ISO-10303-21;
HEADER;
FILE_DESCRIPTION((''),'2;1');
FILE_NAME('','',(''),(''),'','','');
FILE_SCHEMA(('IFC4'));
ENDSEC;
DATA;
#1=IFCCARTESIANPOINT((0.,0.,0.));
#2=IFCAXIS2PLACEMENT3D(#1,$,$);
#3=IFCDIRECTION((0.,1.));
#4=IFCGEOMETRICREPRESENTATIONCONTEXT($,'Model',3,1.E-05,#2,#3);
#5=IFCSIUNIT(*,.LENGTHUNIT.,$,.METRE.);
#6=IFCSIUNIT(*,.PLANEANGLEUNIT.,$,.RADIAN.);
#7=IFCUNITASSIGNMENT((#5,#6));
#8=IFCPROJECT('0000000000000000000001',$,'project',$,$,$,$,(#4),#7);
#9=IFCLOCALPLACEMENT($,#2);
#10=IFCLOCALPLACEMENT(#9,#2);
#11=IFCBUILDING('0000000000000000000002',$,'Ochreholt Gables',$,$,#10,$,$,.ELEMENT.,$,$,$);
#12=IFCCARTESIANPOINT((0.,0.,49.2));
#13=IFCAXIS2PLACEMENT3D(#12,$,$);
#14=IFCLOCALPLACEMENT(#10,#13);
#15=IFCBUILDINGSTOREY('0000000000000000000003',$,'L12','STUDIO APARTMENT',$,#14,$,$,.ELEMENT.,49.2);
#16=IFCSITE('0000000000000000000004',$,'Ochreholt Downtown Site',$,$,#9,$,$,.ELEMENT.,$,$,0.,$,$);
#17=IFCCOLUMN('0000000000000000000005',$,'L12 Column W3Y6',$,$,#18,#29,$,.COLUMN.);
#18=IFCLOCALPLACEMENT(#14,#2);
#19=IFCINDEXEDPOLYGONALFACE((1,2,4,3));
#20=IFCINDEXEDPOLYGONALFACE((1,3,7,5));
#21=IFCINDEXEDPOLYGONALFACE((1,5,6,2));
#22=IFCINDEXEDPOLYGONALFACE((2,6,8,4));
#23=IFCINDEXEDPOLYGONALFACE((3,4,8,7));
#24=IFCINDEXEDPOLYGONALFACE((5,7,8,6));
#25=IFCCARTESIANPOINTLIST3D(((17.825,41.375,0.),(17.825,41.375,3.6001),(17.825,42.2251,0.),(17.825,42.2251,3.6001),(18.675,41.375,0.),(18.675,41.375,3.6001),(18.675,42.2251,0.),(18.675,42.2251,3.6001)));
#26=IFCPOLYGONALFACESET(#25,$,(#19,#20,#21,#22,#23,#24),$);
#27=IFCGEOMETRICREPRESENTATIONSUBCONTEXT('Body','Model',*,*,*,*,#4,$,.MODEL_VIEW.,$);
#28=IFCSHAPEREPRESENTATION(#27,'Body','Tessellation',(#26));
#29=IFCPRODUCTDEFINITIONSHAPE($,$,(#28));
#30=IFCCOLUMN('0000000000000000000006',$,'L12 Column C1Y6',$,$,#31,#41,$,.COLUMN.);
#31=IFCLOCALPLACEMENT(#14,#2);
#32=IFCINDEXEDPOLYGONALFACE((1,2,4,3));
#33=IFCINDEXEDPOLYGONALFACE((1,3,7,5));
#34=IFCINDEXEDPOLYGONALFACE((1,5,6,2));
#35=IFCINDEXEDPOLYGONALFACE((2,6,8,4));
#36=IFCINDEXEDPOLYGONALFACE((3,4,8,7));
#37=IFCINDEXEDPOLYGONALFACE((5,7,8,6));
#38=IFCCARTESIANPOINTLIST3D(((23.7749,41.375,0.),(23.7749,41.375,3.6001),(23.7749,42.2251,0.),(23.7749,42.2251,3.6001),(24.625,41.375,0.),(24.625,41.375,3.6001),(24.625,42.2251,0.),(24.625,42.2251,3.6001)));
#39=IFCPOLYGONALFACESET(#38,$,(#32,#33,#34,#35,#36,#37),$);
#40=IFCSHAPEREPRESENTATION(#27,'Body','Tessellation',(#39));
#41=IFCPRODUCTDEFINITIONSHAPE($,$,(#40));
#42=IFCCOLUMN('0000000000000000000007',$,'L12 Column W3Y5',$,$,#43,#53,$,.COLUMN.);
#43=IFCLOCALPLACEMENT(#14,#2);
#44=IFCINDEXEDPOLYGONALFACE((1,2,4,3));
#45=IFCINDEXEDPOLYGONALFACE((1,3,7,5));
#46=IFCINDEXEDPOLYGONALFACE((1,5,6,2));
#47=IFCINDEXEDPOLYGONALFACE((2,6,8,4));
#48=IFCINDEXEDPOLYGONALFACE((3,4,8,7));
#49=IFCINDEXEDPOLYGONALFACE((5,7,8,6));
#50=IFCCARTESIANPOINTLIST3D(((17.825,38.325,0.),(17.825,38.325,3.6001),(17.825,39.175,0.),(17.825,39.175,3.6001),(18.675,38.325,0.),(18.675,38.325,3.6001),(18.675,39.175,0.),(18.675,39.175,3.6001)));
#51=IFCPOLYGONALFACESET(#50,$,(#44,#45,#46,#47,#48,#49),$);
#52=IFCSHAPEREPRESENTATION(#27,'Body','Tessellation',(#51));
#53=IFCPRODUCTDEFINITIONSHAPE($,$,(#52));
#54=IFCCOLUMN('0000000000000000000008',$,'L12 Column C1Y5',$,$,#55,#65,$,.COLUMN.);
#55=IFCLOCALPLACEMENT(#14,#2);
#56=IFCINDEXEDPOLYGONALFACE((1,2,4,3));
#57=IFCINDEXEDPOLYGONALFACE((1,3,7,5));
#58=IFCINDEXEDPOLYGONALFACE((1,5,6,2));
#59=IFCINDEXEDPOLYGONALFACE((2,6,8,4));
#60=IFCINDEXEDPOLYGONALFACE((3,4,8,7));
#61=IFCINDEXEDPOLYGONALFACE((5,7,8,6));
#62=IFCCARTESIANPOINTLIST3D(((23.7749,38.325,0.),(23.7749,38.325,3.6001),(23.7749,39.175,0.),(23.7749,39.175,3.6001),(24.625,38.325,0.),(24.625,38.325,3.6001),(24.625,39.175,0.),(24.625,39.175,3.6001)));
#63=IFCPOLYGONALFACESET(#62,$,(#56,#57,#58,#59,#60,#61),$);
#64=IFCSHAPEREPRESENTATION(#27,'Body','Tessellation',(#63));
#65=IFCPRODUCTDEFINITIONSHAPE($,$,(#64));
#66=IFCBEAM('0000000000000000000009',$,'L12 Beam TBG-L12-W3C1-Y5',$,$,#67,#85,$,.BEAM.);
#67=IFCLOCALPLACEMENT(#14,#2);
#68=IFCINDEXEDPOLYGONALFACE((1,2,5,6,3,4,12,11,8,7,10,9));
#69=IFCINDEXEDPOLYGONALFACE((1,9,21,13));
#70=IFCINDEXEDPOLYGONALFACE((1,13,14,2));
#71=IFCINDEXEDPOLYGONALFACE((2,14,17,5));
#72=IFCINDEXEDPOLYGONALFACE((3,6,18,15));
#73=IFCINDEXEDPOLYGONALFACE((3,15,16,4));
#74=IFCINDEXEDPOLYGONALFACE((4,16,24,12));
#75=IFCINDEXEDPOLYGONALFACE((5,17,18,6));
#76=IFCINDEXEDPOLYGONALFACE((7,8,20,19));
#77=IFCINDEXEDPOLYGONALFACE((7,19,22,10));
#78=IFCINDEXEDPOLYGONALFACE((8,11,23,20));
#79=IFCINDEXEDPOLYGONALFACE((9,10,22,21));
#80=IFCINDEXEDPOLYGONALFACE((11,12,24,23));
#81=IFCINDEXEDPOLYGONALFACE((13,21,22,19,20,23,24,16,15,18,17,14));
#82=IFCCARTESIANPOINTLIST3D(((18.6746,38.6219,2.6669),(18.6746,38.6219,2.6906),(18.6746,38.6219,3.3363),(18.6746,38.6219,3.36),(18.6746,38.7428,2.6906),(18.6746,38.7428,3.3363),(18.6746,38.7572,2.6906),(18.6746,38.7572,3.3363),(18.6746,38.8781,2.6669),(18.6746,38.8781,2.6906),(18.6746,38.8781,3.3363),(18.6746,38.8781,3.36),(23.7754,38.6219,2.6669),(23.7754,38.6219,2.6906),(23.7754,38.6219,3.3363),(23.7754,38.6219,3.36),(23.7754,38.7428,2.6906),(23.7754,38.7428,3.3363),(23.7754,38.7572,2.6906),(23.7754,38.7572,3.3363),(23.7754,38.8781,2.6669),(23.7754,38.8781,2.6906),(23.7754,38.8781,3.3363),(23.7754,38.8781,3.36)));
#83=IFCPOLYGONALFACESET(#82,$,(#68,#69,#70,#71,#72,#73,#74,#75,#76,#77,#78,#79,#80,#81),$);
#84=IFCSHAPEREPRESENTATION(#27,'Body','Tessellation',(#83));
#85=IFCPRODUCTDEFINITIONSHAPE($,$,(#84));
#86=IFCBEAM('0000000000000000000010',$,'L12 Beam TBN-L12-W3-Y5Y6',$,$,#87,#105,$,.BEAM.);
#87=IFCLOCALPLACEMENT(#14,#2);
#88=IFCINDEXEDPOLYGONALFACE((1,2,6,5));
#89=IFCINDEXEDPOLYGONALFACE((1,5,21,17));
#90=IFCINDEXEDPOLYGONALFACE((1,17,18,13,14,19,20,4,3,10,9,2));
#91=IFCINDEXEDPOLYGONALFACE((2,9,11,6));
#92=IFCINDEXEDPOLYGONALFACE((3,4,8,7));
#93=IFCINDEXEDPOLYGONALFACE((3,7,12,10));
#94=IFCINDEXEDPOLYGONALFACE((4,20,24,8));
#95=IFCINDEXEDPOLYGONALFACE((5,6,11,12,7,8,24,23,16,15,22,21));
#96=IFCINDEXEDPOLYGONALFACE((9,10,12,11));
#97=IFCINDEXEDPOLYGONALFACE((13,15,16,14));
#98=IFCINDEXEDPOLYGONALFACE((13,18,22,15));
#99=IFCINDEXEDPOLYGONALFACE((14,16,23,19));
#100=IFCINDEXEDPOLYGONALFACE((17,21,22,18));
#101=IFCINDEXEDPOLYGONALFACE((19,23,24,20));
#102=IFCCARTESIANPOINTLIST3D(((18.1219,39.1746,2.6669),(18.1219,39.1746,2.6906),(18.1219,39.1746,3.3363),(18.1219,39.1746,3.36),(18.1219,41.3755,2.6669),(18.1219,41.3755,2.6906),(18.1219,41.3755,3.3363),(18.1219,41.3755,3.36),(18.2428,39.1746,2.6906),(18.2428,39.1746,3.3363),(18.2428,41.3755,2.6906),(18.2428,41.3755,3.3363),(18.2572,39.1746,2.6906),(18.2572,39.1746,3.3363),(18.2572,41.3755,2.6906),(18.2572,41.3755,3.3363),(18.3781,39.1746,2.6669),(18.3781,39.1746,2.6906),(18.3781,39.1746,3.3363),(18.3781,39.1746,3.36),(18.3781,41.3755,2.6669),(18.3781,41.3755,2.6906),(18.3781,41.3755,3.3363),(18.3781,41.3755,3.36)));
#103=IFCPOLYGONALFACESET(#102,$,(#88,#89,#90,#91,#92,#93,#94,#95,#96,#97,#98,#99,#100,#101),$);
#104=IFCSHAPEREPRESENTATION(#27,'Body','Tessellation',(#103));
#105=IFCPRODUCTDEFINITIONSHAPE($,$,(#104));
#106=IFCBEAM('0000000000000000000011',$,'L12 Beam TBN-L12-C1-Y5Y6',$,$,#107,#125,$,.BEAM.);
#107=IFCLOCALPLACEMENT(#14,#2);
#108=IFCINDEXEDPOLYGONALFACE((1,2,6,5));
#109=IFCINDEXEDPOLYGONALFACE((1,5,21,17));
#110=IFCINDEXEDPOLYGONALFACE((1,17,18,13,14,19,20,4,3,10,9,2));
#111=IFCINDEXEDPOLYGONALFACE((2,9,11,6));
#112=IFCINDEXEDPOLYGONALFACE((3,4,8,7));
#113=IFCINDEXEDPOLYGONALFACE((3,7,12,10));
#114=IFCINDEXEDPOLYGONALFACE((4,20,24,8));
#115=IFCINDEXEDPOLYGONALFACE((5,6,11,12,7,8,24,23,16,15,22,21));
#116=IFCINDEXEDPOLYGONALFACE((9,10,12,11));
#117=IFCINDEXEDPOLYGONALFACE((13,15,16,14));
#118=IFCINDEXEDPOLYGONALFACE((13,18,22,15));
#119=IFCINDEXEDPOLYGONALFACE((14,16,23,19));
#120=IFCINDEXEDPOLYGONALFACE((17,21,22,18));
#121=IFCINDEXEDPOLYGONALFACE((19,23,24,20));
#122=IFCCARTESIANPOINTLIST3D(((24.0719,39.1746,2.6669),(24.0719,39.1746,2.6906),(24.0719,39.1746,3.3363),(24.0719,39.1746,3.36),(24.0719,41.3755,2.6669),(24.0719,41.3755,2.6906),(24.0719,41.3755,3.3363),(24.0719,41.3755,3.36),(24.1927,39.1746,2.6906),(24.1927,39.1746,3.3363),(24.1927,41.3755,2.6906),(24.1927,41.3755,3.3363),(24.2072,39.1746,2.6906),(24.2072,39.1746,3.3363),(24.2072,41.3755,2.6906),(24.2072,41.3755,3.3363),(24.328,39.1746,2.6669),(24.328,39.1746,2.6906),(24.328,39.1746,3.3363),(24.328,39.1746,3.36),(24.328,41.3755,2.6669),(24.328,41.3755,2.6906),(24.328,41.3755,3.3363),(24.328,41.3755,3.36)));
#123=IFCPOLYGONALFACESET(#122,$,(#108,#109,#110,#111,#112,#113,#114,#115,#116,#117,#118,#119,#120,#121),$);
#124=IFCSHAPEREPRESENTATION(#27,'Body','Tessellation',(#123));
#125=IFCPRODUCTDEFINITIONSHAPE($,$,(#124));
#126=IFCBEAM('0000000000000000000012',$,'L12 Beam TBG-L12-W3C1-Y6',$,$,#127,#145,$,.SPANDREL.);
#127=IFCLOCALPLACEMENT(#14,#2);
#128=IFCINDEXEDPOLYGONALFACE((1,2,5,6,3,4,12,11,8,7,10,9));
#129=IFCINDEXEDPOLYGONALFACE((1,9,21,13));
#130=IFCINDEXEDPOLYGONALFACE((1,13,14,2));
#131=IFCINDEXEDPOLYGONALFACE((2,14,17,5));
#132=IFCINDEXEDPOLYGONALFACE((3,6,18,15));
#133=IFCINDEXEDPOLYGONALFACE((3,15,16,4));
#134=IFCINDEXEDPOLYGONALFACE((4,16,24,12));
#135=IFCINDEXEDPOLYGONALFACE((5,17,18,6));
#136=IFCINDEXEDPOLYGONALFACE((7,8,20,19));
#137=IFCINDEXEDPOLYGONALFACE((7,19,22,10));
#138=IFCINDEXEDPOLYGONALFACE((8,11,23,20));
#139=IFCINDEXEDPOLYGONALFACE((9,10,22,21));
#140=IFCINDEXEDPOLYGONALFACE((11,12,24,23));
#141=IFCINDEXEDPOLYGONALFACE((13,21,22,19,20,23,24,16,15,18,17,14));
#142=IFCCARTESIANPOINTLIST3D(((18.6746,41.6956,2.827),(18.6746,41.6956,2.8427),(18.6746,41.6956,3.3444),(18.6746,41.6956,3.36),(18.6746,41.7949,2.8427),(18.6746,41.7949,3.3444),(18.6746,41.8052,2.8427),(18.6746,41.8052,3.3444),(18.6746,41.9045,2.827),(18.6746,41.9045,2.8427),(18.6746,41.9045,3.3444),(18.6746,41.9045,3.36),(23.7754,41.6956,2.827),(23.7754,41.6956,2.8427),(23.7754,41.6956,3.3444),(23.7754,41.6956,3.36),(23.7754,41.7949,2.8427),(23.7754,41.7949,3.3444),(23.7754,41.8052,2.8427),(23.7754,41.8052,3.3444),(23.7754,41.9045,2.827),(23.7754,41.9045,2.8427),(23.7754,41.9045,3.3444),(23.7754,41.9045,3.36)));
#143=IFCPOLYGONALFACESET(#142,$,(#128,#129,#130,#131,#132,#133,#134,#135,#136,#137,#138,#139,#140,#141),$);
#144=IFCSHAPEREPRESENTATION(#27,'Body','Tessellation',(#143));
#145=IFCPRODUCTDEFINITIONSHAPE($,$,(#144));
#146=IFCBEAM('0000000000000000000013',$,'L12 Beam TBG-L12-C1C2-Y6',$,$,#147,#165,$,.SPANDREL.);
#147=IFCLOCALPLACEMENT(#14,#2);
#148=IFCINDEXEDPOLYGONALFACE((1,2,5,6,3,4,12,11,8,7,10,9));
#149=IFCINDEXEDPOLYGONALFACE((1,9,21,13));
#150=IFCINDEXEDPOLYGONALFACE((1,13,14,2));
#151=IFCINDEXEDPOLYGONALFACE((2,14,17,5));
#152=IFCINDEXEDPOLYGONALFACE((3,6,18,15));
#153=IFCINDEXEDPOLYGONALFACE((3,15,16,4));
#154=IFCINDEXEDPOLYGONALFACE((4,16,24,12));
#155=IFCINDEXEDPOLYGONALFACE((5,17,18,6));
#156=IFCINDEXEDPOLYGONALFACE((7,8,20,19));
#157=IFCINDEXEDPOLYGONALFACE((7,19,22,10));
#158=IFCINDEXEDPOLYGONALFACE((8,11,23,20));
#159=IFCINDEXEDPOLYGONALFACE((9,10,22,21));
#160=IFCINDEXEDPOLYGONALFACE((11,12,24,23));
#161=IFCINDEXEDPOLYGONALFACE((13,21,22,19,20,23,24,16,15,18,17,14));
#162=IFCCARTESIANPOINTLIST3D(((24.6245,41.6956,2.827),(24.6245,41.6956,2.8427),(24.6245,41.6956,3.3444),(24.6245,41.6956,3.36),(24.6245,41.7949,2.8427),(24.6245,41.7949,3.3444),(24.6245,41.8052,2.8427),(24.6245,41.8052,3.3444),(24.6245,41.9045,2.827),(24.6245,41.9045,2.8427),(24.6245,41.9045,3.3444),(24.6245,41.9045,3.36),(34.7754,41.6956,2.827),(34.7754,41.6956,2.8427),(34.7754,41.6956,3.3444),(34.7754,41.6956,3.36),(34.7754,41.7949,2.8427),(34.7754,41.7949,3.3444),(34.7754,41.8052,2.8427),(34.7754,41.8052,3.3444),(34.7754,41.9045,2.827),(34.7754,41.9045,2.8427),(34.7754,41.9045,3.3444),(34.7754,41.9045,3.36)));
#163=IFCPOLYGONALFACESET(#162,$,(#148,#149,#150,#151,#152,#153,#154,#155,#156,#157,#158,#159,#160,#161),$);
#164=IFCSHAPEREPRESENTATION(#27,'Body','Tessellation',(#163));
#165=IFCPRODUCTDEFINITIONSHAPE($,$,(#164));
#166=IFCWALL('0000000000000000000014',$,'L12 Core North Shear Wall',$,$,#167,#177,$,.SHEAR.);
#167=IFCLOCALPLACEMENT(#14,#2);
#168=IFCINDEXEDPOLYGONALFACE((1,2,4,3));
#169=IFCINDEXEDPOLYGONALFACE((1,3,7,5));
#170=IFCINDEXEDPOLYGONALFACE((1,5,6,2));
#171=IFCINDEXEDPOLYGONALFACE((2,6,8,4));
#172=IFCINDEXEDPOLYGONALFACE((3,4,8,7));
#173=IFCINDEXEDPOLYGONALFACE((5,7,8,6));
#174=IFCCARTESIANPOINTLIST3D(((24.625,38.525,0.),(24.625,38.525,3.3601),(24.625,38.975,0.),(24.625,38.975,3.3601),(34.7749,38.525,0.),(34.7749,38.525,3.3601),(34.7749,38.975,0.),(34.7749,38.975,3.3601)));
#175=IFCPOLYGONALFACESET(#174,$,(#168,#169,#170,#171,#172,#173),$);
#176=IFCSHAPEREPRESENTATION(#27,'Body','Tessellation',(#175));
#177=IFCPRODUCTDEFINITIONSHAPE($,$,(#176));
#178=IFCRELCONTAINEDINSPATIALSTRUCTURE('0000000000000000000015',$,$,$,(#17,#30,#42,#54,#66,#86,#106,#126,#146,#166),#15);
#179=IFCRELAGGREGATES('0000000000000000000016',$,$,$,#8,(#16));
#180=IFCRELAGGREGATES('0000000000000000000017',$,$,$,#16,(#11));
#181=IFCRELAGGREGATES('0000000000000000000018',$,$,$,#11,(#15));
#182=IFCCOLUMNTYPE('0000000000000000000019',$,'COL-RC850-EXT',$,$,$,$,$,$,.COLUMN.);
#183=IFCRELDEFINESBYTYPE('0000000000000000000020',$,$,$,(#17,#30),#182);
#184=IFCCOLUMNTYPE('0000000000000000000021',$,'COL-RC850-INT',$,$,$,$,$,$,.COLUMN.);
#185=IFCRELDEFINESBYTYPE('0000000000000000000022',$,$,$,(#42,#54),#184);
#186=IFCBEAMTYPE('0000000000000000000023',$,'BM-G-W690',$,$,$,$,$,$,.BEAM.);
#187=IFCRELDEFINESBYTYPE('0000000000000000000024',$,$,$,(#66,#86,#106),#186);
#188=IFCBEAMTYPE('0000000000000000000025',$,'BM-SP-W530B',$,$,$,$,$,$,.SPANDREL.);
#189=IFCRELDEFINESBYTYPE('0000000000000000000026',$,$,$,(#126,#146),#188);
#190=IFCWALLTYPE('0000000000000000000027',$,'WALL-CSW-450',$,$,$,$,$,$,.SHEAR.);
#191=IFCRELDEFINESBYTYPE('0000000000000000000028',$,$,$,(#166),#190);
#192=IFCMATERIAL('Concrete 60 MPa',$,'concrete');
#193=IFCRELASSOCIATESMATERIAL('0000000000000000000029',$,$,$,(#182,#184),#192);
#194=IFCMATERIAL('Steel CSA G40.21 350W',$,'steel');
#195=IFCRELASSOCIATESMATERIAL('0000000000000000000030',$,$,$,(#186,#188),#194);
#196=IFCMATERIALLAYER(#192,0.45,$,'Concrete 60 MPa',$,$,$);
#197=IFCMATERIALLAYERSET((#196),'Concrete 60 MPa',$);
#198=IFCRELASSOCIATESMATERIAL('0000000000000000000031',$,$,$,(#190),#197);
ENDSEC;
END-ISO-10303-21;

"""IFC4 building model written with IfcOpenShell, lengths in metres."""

from ifc_helpers import new_model, si_unit, direction, frame, frame_2d, origin, origin_2d, place, context, subcontext, project, spatial, rectangle, i_section, extrude, material, layer, layer_set, material_profile, profile_set, type_object, element, save


model = new_model("IFC4")

# Units and contexts
model_context = context("Model", 3, precision=1e-05, world=origin(), true_north=direction((0.0, 1.0)))
body_context = subcontext(model_context, "Body", "Model", "MODEL_VIEW")
ifc_project = project(units=[si_unit("LENGTHUNIT", "METRE"), si_unit("PLANEANGLEUNIT", "RADIAN")], contexts=[model_context])

# Site, building, storey
site_placement = place(None, origin())
site = spatial("IfcSite", under=ifc_project, at=site_placement, Name="Ochreholt Downtown Site", CompositionType="ELEMENT", RefElevation=0.0)
building_placement = place(site_placement, origin())
building = spatial("IfcBuilding", under=site, at=building_placement, Name="Ochreholt Gables", CompositionType="ELEMENT")
storey_placement = place(building_placement, frame((0.0, 0.0, 49.2)))
storey = spatial("IfcBuildingStorey", under=building, at=storey_placement, Name="L12", Description="STUDIO APARTMENT", CompositionType="ELEMENT", Elevation=49.2)

# Columns
ifc_material_1 = material(Name="Concrete 60 MPa", Category="concrete")
ifc_material_profile_1 = material_profile(ifc_material_1, rectangle(XDim=0.8501, YDim=0.8501, at=origin_2d()), Name="RC850X850")
ifc_profile_set_1 = profile_set([ifc_material_profile_1], Name="Concrete 60 MPa")
column_type_1 = type_object("IfcColumnType", Name="COL-RC850-EXT", PredefinedType="COLUMN", material=ifc_profile_set_1)
for number, where, z_axis, x_axis, name in (
    (1, (18.25, 41.8, 0.0), (0.0, 0.0, 1.0), (1.0, 0.0, 0.0), "L12 Column W3Y6"),
    (2, (24.2, 41.8, 0.0), (0.0, 0.0, 1.0), (1.0, 0.0, 0.0), "L12 Column C1Y6"),
):
    element("IfcColumn", number, at=place(storey_placement, frame(where, z_axis=z_axis, x_axis=x_axis)), inside=storey, type_object=column_type_1, Name=name, PredefinedType="COLUMN", context=body_context, shape_type="SweptSolid", body=[
        extrude(rectangle(XDim=0.8501, YDim=0.8501, at=origin_2d()), origin(), (0.0, 0.0, 1.0), 3.6001),
    ])
ifc_material_profile_2 = material_profile(ifc_material_1, rectangle(XDim=0.8501, YDim=0.8501, at=origin_2d()), Name="RC850X850")
ifc_profile_set_2 = profile_set([ifc_material_profile_2], Name="Concrete 60 MPa")
column_type_2 = type_object("IfcColumnType", Name="COL-RC850-INT", PredefinedType="COLUMN", material=ifc_profile_set_2)
for number, where, z_axis, x_axis, name in (
    (3, (18.25, 38.75, 0.0), (0.0, 0.0, 1.0), (1.0, 0.0, 0.0), "L12 Column W3Y5"),
    (4, (24.2, 38.75, 0.0), (0.0, 0.0, 1.0), (1.0, 0.0, 0.0), "L12 Column C1Y5"),
):
    element("IfcColumn", number, at=place(storey_placement, frame(where, z_axis=z_axis, x_axis=x_axis)), inside=storey, type_object=column_type_2, Name=name, PredefinedType="COLUMN", context=body_context, shape_type="SweptSolid", body=[
        extrude(rectangle(XDim=0.8501, YDim=0.8501, at=origin_2d()), origin(), (0.0, 0.0, 1.0), 3.6001),
    ])

# Beams
ifc_material_2 = material(Name="Steel CSA G40.21 350W", Category="steel")
ifc_material_profile_3 = material_profile(ifc_material_2, i_section(OverallWidth=0.2561, OverallDepth=0.6931, WebThickness=0.0144, FlangeThickness=0.0237, at=origin_2d()), Name="W690X170")
ifc_profile_set_3 = profile_set([ifc_material_profile_3], Name="Steel CSA G40.21 350W")
beam_type_1 = type_object("IfcBeamType", Name="BM-G-W690", PredefinedType="BEAM", material=ifc_profile_set_3)
beam_1_placement = place(storey_placement, frame((18.6746, 38.75, 3.0134), z_axis=(1.0, 0.0, 0.0), x_axis=(0.0, 1.0, 0.0)))
element("IfcBeam", 5, at=beam_1_placement, inside=storey, type_object=beam_type_1, Name="L12 Beam TBG-L12-W3C1-Y5", PredefinedType="BEAM", context=body_context, shape_type="SweptSolid", body=[
    extrude(i_section(OverallWidth=0.2561, OverallDepth=0.6931, WebThickness=0.0144, FlangeThickness=0.0237, at=origin_2d()), origin(), (0.0, 0.0, 1.0), 5.1008),
])
for number, where, z_axis, x_axis, name in (
    (6, (18.25, 39.1746, 3.0134), (0.0, 1.0, 0.0), (-1.0, 0.0, 0.0), "L12 Beam TBN-L12-W3-Y5Y6"),
    (7, (24.2, 39.1746, 3.0134), (0.0, 1.0, 0.0), (-1.0, 0.0, 0.0), "L12 Beam TBN-L12-C1-Y5Y6"),
):
    element("IfcBeam", number, at=place(storey_placement, frame(where, z_axis=z_axis, x_axis=x_axis)), inside=storey, type_object=beam_type_1, Name=name, PredefinedType="BEAM", context=body_context, shape_type="SweptSolid", body=[
        extrude(i_section(OverallWidth=0.2561, OverallDepth=0.6931, WebThickness=0.0144, FlangeThickness=0.0237, at=origin_2d()), origin(), (0.0, 0.0, 1.0), 2.2009),
    ])
ifc_material_profile_4 = material_profile(ifc_material_2, i_section(OverallWidth=0.209, OverallDepth=0.533, WebThickness=0.0103, FlangeThickness=0.0156, at=origin_2d()), Name="W530X92")
ifc_profile_set_4 = profile_set([ifc_material_profile_4], Name="Steel CSA G40.21 350W")
beam_type_2 = type_object("IfcBeamType", Name="BM-SP-W530B", PredefinedType="SPANDREL", material=ifc_profile_set_4)
beam_2_placement = place(storey_placement, frame((18.6746, 41.8, 3.0935), z_axis=(1.0, 0.0, 0.0), x_axis=(0.0, 1.0, 0.0)))
element("IfcBeam", 8, at=beam_2_placement, inside=storey, type_object=beam_type_2, Name="L12 Beam TBG-L12-W3C1-Y6", PredefinedType="SPANDREL", context=body_context, shape_type="SweptSolid", body=[
    extrude(i_section(OverallWidth=0.209, OverallDepth=0.533, WebThickness=0.0103, FlangeThickness=0.0156, at=origin_2d()), origin(), (0.0, 0.0, 1.0), 5.1008),
])
beam_3_placement = place(storey_placement, frame((24.6245, 41.8, 3.0935), z_axis=(1.0, 0.0, 0.0), x_axis=(0.0, 1.0, 0.0)))
element("IfcBeam", 9, at=beam_3_placement, inside=storey, type_object=beam_type_2, Name="L12 Beam TBG-L12-C1C2-Y6", PredefinedType="SPANDREL", context=body_context, shape_type="SweptSolid", body=[
    extrude(i_section(OverallWidth=0.209, OverallDepth=0.533, WebThickness=0.0103, FlangeThickness=0.0156, at=origin_2d()), origin(), (0.0, 0.0, 1.0), 10.1509),
])

# Wall
ifc_layer_1 = layer(ifc_material_1, 0.45, Name="Concrete 60 MPa")
ifc_layer_set_1 = layer_set([ifc_layer_1], Name="Concrete 60 MPa")
wall_type_1 = type_object("IfcWallType", Name="WALL-CSW-450", PredefinedType="SHEAR", material=ifc_layer_set_1)
wall_1_placement = place(storey_placement, frame((24.625, 38.75, 0.0), z_axis=(0.0, 0.0, 1.0), x_axis=(1.0, 0.0, 0.0)))
element("IfcWall", 10, at=wall_1_placement, inside=storey, type_object=wall_type_1, Name="L12 Core North Shear Wall", PredefinedType="SHEAR", context=body_context, shape_type="SweptSolid", body=[
    extrude(rectangle(XDim=10.1499, YDim=0.45, at=frame_2d((5.075, 0.0))), origin(), (0.0, 0.0, 1.0), 3.3601),
])

save(model, "model.ifc")
